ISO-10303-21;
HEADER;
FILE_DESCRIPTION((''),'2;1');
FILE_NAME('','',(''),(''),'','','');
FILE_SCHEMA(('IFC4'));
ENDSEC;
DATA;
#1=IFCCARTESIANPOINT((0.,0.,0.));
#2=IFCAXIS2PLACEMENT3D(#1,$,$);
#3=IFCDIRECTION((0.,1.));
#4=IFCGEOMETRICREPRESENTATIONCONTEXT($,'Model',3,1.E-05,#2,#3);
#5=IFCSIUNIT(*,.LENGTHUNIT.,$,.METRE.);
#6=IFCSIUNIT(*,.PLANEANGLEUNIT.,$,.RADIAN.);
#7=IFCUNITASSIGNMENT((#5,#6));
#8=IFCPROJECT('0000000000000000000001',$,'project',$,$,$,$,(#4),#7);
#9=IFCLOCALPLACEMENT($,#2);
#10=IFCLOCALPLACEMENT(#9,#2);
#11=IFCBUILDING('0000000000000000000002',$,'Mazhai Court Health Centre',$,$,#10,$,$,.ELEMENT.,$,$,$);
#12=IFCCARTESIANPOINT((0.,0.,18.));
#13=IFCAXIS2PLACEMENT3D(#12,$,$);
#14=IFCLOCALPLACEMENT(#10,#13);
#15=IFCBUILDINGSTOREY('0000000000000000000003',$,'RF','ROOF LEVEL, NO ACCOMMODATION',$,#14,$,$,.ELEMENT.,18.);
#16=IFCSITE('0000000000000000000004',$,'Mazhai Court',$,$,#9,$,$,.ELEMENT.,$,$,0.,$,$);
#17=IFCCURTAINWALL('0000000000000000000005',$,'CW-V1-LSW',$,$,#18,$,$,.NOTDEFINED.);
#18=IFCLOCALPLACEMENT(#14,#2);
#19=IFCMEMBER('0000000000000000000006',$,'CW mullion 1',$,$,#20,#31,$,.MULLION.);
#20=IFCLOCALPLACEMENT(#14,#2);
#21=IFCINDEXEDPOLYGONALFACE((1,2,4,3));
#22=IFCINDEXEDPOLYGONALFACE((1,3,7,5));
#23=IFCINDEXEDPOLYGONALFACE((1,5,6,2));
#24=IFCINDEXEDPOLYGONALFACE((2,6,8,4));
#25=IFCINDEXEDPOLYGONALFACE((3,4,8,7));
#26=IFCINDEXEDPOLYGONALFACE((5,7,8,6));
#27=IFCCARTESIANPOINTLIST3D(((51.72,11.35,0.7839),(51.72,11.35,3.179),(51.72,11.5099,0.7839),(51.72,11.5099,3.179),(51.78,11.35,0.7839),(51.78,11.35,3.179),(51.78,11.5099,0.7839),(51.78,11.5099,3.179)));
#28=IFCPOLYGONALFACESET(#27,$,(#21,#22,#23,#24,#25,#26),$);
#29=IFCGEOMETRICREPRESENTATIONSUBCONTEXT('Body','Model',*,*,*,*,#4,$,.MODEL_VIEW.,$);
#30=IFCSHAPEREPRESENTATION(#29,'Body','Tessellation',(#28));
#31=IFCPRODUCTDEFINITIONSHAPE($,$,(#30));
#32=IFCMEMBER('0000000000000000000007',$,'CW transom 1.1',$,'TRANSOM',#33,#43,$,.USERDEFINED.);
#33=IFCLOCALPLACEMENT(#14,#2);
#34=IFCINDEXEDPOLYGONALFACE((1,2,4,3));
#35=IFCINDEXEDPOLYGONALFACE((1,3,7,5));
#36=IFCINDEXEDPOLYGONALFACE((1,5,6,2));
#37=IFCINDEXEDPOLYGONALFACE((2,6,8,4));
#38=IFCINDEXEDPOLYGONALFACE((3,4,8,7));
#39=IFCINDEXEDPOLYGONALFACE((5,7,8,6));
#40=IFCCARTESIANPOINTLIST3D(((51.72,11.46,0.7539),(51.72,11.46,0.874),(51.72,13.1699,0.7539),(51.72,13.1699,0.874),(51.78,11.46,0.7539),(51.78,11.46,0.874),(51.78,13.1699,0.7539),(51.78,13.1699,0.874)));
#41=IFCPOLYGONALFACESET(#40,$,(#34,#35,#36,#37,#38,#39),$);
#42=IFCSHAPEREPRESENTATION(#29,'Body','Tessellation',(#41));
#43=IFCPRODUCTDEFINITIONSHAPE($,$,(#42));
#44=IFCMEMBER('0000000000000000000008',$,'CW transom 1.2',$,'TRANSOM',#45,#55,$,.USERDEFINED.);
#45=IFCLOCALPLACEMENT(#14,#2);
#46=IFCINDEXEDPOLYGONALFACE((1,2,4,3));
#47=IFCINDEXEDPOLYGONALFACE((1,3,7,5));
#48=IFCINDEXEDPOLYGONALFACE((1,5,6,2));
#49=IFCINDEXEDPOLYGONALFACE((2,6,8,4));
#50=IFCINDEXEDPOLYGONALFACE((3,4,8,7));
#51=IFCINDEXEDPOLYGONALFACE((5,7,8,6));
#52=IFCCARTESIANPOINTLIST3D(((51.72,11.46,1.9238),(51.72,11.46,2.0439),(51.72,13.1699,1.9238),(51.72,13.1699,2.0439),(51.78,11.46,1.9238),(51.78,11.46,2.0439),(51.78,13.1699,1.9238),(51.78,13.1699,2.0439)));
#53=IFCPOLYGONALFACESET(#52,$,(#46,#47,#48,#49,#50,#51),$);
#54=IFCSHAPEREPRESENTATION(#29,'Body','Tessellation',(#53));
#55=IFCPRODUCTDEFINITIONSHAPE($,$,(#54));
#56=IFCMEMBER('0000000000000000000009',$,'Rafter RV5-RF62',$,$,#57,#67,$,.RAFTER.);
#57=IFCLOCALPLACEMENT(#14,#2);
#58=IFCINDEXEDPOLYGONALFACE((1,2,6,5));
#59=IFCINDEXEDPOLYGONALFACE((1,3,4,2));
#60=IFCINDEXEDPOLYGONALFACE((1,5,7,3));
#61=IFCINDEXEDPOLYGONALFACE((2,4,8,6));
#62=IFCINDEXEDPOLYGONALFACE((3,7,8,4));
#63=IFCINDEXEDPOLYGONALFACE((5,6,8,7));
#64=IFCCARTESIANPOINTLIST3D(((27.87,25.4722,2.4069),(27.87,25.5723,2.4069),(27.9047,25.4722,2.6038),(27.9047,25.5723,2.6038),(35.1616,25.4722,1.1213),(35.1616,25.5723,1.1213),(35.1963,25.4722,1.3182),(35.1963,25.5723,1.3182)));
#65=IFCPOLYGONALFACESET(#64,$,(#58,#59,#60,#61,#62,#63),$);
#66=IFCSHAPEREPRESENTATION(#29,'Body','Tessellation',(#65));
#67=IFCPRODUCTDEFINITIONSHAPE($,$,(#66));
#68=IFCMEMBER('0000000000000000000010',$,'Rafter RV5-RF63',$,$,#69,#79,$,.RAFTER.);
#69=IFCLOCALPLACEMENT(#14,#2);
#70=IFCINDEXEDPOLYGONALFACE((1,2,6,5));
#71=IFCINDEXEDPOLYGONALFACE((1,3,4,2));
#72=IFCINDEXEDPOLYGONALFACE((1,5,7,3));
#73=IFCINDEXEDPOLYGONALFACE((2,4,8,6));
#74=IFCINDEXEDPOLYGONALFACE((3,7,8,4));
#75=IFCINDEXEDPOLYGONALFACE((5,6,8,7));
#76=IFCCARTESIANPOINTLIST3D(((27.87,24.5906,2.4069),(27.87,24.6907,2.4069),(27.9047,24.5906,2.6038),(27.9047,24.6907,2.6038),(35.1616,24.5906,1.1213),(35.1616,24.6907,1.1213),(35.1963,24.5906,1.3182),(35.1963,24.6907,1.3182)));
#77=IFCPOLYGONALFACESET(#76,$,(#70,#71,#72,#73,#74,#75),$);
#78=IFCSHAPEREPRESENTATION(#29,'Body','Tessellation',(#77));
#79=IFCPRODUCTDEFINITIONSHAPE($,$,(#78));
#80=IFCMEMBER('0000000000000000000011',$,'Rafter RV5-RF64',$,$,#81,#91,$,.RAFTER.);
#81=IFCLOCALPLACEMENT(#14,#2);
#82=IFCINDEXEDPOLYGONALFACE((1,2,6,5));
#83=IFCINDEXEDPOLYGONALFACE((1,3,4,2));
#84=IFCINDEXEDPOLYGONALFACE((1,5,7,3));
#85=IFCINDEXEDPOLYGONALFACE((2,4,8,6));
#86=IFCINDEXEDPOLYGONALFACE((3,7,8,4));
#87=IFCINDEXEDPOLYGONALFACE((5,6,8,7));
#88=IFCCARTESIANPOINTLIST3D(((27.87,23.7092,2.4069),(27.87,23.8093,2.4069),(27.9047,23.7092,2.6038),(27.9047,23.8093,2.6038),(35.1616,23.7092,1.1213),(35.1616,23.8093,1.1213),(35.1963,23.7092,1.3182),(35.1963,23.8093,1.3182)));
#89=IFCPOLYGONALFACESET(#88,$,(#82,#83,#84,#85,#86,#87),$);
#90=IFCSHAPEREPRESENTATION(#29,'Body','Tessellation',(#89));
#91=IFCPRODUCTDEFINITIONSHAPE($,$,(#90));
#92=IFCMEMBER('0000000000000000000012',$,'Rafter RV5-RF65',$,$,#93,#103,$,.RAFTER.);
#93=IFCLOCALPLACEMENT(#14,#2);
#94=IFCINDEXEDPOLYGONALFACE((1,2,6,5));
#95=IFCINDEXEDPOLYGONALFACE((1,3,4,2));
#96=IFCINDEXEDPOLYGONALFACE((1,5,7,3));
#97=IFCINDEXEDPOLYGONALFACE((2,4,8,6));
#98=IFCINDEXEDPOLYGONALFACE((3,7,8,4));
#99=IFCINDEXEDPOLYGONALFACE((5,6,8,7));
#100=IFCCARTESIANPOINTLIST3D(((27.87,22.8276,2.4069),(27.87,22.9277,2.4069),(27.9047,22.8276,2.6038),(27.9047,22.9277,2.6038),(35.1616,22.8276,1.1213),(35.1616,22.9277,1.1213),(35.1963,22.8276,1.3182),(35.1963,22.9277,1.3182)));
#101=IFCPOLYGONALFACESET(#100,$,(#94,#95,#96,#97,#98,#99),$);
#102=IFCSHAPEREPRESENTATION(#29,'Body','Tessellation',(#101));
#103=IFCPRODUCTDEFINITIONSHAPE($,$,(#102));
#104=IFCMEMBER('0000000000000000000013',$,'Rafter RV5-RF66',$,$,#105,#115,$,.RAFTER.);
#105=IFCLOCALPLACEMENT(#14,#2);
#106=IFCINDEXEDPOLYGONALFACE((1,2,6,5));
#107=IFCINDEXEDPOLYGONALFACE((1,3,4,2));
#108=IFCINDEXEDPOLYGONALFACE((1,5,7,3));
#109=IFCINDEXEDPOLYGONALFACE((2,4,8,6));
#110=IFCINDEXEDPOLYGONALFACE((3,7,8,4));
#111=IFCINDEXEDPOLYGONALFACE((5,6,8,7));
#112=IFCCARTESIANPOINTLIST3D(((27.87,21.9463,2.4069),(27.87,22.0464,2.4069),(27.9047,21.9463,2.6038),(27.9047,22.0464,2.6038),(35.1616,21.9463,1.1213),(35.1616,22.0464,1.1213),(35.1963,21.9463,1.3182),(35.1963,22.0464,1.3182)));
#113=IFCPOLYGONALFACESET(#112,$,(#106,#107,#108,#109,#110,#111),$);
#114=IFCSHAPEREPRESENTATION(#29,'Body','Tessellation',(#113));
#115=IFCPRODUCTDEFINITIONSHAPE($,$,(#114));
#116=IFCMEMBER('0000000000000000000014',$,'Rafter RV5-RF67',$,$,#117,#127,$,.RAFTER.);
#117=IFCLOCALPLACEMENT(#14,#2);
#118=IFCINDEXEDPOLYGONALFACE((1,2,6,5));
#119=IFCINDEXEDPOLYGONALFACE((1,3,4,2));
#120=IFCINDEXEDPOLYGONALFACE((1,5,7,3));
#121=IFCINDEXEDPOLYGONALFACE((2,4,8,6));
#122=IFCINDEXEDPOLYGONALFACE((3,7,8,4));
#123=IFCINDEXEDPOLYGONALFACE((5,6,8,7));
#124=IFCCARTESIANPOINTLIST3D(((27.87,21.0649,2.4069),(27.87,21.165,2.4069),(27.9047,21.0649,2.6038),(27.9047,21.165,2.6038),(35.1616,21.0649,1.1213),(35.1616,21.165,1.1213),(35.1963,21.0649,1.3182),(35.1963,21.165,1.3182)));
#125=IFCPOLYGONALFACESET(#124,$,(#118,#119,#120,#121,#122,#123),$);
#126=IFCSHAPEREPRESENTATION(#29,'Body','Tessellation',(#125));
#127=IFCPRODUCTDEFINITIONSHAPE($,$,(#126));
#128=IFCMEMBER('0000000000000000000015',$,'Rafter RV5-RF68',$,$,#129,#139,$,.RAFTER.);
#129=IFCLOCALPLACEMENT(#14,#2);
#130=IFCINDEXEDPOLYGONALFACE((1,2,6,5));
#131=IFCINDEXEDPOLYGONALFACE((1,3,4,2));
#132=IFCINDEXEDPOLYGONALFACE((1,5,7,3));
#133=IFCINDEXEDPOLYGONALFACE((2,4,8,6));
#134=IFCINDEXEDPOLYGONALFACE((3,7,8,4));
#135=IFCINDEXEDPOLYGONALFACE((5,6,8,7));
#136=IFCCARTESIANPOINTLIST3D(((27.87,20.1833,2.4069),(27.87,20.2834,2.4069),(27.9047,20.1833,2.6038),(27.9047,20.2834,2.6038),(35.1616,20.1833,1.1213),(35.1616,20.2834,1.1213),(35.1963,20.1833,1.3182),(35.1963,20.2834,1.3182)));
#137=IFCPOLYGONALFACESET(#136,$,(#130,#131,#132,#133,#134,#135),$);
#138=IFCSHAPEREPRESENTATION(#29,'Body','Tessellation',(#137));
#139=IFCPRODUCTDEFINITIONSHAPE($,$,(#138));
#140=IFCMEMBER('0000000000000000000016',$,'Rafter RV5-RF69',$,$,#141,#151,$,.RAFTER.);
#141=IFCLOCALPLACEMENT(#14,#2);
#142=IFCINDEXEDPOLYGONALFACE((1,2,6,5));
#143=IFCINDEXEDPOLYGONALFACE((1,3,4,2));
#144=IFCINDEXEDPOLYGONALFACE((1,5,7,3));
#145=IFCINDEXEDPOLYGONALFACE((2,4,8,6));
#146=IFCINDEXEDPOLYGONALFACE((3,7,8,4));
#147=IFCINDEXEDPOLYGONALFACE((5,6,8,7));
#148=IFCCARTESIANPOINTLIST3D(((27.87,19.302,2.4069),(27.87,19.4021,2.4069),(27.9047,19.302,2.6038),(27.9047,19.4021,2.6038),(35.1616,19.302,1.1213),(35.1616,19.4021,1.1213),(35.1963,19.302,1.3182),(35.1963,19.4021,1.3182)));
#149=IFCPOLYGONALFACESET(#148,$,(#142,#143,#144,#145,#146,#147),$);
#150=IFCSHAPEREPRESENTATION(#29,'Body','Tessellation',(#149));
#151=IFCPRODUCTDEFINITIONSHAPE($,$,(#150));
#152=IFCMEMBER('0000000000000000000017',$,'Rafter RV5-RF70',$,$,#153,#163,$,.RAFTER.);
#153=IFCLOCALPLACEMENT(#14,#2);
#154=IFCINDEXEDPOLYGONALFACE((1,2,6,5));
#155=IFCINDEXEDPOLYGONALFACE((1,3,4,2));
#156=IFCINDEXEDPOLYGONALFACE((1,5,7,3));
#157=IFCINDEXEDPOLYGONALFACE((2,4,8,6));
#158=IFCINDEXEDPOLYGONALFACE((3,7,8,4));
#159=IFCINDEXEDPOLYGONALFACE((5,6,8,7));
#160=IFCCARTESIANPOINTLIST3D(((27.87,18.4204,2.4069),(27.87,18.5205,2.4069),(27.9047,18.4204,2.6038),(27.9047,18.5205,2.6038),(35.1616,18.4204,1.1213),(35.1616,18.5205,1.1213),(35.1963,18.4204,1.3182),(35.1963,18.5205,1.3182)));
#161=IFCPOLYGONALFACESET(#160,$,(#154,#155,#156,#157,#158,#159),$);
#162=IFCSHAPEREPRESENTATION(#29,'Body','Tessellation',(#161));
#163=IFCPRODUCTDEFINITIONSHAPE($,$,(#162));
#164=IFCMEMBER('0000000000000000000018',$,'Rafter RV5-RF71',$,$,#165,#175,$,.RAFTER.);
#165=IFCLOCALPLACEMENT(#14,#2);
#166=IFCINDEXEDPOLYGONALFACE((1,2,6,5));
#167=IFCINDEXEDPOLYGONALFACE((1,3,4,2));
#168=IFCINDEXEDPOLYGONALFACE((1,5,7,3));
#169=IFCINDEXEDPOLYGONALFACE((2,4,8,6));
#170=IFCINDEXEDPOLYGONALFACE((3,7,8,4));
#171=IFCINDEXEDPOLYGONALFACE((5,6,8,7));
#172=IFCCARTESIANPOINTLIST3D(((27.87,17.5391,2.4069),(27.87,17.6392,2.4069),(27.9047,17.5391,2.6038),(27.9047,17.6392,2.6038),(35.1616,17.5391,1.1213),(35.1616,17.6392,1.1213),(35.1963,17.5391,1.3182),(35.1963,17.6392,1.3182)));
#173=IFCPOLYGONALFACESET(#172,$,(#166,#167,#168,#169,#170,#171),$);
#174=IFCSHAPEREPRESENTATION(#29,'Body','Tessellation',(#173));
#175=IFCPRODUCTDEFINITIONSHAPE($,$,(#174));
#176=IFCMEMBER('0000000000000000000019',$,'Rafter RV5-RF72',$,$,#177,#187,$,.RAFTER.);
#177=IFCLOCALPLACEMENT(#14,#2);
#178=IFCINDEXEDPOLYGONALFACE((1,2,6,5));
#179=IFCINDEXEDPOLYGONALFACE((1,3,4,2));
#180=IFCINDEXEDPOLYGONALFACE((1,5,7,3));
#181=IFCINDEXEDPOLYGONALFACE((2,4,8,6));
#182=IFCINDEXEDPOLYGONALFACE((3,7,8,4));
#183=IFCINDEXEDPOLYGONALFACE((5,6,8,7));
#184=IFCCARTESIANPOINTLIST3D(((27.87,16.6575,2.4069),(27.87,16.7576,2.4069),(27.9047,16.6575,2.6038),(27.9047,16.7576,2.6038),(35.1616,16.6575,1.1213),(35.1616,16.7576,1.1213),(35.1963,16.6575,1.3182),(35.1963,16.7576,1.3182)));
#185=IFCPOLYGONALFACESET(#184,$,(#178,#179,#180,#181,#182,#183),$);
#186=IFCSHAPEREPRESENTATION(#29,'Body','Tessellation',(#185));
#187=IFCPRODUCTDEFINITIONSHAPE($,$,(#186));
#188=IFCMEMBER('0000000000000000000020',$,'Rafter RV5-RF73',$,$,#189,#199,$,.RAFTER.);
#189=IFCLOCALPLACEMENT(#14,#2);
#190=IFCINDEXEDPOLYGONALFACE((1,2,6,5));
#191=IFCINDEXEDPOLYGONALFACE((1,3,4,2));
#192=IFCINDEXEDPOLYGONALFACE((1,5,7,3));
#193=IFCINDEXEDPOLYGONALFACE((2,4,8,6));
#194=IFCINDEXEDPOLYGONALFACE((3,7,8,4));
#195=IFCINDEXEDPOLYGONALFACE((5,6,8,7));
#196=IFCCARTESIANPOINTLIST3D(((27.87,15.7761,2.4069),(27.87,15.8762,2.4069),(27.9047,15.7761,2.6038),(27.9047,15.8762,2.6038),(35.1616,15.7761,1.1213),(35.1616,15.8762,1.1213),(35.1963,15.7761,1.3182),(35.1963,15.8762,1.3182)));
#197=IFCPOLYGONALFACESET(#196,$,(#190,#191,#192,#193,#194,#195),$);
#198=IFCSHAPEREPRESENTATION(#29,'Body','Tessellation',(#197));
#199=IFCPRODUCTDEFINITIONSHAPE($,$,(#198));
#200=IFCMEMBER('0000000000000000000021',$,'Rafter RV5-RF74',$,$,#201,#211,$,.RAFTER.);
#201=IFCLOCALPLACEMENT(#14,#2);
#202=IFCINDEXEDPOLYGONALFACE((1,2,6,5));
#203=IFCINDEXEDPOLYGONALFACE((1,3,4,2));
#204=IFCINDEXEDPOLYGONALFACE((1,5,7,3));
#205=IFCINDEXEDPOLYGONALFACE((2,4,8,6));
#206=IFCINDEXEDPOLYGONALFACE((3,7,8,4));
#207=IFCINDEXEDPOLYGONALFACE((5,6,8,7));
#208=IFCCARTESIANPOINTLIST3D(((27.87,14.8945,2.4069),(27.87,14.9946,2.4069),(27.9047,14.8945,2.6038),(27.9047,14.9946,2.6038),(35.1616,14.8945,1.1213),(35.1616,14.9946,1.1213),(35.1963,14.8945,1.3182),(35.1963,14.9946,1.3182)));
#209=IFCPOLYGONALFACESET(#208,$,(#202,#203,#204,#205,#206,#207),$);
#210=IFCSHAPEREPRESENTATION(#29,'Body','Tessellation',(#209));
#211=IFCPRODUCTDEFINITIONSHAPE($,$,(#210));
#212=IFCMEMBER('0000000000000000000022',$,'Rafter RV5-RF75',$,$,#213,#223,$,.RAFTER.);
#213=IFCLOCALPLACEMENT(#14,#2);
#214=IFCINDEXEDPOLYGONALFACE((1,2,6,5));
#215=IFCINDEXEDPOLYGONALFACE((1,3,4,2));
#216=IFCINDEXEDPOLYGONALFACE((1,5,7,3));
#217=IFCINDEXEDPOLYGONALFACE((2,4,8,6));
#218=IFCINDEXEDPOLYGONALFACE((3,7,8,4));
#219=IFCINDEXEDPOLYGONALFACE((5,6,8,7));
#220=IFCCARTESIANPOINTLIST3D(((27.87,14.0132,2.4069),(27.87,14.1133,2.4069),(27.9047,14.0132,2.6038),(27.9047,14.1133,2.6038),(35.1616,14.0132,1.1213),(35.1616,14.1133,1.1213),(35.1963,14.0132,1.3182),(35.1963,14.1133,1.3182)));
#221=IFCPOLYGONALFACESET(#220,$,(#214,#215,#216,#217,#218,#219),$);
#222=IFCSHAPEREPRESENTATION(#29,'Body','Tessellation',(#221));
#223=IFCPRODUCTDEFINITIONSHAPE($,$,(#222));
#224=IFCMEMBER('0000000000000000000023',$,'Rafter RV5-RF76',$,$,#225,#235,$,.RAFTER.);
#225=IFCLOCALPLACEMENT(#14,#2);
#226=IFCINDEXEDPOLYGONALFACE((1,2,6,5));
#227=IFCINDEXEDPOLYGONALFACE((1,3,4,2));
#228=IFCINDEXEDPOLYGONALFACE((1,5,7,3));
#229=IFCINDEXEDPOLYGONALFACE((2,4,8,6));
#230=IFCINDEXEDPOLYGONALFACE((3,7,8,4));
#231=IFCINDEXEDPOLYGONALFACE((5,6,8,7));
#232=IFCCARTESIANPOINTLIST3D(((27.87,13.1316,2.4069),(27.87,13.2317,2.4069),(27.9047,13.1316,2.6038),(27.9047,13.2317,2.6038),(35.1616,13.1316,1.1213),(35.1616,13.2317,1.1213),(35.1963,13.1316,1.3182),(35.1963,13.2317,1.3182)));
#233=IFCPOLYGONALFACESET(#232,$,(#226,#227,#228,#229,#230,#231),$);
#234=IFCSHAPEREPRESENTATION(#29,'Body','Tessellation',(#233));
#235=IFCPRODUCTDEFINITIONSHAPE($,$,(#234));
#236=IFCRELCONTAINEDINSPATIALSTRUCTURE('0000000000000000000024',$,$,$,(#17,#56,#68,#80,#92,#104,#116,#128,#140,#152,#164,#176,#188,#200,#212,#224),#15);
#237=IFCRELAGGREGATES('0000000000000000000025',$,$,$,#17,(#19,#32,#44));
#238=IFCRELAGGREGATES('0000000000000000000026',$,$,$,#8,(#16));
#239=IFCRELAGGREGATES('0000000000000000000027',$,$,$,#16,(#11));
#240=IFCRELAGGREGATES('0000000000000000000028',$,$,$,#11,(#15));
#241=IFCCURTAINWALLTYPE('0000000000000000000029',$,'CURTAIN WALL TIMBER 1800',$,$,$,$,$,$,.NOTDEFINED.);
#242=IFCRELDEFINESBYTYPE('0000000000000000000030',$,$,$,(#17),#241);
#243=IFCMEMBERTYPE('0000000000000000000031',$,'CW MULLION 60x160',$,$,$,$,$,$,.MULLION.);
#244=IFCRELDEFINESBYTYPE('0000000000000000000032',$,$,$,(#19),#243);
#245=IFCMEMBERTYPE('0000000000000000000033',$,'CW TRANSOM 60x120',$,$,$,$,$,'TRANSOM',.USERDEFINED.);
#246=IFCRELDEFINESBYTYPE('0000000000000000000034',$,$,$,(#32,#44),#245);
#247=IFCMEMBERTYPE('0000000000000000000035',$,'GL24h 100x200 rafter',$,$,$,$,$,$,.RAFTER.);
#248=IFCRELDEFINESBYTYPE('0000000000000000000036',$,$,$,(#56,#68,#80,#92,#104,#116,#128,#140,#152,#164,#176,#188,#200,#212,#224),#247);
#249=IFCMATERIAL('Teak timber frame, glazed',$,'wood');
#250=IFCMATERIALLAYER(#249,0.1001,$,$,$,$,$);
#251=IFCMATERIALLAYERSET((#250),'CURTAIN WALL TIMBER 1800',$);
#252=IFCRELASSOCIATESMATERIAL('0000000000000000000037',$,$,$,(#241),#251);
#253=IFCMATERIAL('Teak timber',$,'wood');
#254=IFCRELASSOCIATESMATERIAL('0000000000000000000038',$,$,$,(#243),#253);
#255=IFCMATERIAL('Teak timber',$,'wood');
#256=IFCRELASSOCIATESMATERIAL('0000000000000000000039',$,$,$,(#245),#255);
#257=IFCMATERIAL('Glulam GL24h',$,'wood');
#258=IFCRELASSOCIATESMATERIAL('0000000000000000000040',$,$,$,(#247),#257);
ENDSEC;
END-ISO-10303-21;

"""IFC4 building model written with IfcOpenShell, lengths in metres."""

from ifc_helpers import new_model, si_unit, direction, frame, origin, origin_2d, place, context, subcontext, project, spatial, rectangle, extrude, material, layer, layer_set, material_profile, profile_set, type_object, element, aggregate, save


model = new_model("IFC4")

# Units and contexts
model_context = context("Model", 3, precision=1e-05, world=origin(), true_north=direction((0.0, 1.0)))
body_context = subcontext(model_context, "Body", "Model", "MODEL_VIEW")
ifc_project = project(units=[si_unit("LENGTHUNIT", "METRE"), si_unit("PLANEANGLEUNIT", "RADIAN")], contexts=[model_context])

# Site, building, storey
site_placement = place(None, origin())
site = spatial("IfcSite", under=ifc_project, at=site_placement, Name="Mazhai Court", CompositionType="ELEMENT", RefElevation=0.0)
building_placement = place(site_placement, origin())
building = spatial("IfcBuilding", under=site, at=building_placement, Name="Mazhai Court Health Centre", CompositionType="ELEMENT")
storey_placement = place(building_placement, frame((0.0, 0.0, 18.0)))
storey = spatial("IfcBuildingStorey", under=building, at=storey_placement, Name="RF", Description="ROOF LEVEL, NO ACCOMMODATION", CompositionType="ELEMENT", Elevation=18.0)

# Curtain wall, members
ifc_material_1 = material(Name="Teak timber frame, glazed", Category="wood")
ifc_layer_1 = layer(ifc_material_1, 0.1001)
ifc_layer_set_1 = layer_set([ifc_layer_1], Name="CURTAIN WALL TIMBER 1800")
curtain_wall_type = type_object("IfcCurtainWallType", Name="CURTAIN WALL TIMBER 1800", PredefinedType="NOTDEFINED", material=ifc_layer_set_1)
curtain_wall_placement = place(storey_placement, origin())
curtain_wall = element("IfcCurtainWall", 1, at=curtain_wall_placement, inside=storey, type_object=curtain_wall_type, Name="CW-V1-LSW", PredefinedType="NOTDEFINED")
ifc_material_2 = material(Name="Teak timber", Category="wood")
ifc_material_profile_1 = material_profile(ifc_material_2, rectangle(XDim=0.0601, YDim=0.1599, at=origin_2d()), Name="CW MULLION 60x160")
ifc_profile_set_1 = profile_set([ifc_material_profile_1], Name="Teak timber")
member_type_1 = type_object("IfcMemberType", Name="CW MULLION 60x160", PredefinedType="MULLION", material=ifc_profile_set_1)
member_1_placement = place(storey_placement, frame((51.75, 11.4299, 0.7839), z_axis=(0.0, 0.0, 1.0), x_axis=(-1.0, 0.0, 0.0)))
member_1 = element("IfcMember", 2, at=member_1_placement, type_object=member_type_1, Name="CW mullion 1", PredefinedType="MULLION", context=body_context, shape_type="SweptSolid", body=[
    extrude(rectangle(XDim=0.0601, YDim=0.1599, at=origin_2d()), origin(), (0.0, 0.0, 1.0), 2.395),
])
ifc_material_3 = material(Name="Teak timber", Category="wood")
ifc_material_profile_2 = material_profile(ifc_material_3, rectangle(XDim=0.0601, YDim=0.1201, at=origin_2d()), Name="CW TRANSOM 60x120")
ifc_profile_set_2 = profile_set([ifc_material_profile_2], Name="Teak timber")
member_type_2 = type_object("IfcMemberType", Name="CW TRANSOM 60x120", ElementType="TRANSOM", PredefinedType="USERDEFINED", material=ifc_profile_set_2)
member_2_placement = place(storey_placement, frame((51.75, 11.46, 0.814), z_axis=(0.0, 1.0, 0.0), x_axis=(-1.0, 0.0, 0.0)))
member_2 = element("IfcMember", 3, at=member_2_placement, type_object=member_type_2, Name="CW transom 1.1", ObjectType="TRANSOM", PredefinedType="USERDEFINED", context=body_context, shape_type="SweptSolid", body=[
    extrude(rectangle(XDim=0.0601, YDim=0.1201, at=origin_2d()), origin(), (0.0, 0.0, 1.0), 1.71),
])
member_3_placement = place(storey_placement, frame((51.75, 11.46, 1.9839), z_axis=(0.0, 1.0, 0.0), x_axis=(-1.0, 0.0, 0.0)))
member_3 = element("IfcMember", 4, at=member_3_placement, type_object=member_type_2, Name="CW transom 1.2", ObjectType="TRANSOM", PredefinedType="USERDEFINED", context=body_context, shape_type="SweptSolid", body=[
    extrude(rectangle(XDim=0.0601, YDim=0.1201, at=origin_2d()), origin(), (0.0, 0.0, 1.0), 1.71),
])
aggregate(curtain_wall, [member_1, member_2, member_3])

# Members
ifc_material_4 = material(Name="Glulam GL24h", Category="wood")
ifc_material_profile_3 = material_profile(ifc_material_4, rectangle(XDim=0.1001, YDim=0.2, at=origin_2d()), Name="GL24h 100x200")
ifc_profile_set_3 = profile_set([ifc_material_profile_3], Name="Glulam GL24h")
member_type_3 = type_object("IfcMemberType", Name="GL24h 100x200 rafter", PredefinedType="RAFTER", material=ifc_profile_set_3)
for number, where, z_axis, x_axis, name in (
    (5, (35.179, 25.5222, 1.2197), (-0.984809, 0.0, 0.173642), (0.0, -1.0, 0.0), "Rafter RV5-RF62"),
    (6, (35.179, 24.6406, 1.2197), (-0.984809, 0.0, 0.173642), (0.0, -1.0, 0.0), "Rafter RV5-RF63"),
    (7, (35.179, 23.7593, 1.2197), (-0.984809, 0.0, 0.173642), (0.0, -1.0, 0.0), "Rafter RV5-RF64"),
    (8, (35.179, 22.8777, 1.2197), (-0.984809, 0.0, 0.173642), (0.0, -1.0, 0.0), "Rafter RV5-RF65"),
    (9, (35.179, 21.9963, 1.2197), (-0.984809, 0.0, 0.173642), (0.0, -1.0, 0.0), "Rafter RV5-RF66"),
    (10, (35.179, 21.115, 1.2197), (-0.984809, 0.0, 0.173642), (0.0, -1.0, 0.0), "Rafter RV5-RF67"),
    (11, (35.179, 20.2334, 1.2197), (-0.984809, 0.0, 0.173642), (0.0, -1.0, 0.0), "Rafter RV5-RF68"),
    (12, (35.179, 19.3521, 1.2197), (-0.984809, 0.0, 0.173642), (0.0, -1.0, 0.0), "Rafter RV5-RF69"),
    (13, (35.179, 18.4705, 1.2197), (-0.984809, 0.0, 0.173642), (0.0, -1.0, 0.0), "Rafter RV5-RF70"),
    (14, (35.179, 17.5891, 1.2197), (-0.984809, 0.0, 0.173642), (0.0, -1.0, 0.0), "Rafter RV5-RF71"),
    (15, (35.179, 16.7075, 1.2197), (-0.984809, 0.0, 0.173642), (0.0, -1.0, 0.0), "Rafter RV5-RF72"),
    (16, (35.179, 15.8262, 1.2197), (-0.984809, 0.0, 0.173642), (0.0, -1.0, 0.0), "Rafter RV5-RF73"),
    (17, (35.179, 14.9446, 1.2197), (-0.984809, 0.0, 0.173642), (0.0, -1.0, 0.0), "Rafter RV5-RF74"),
    (18, (35.179, 14.0632, 1.2197), (-0.984809, 0.0, 0.173642), (0.0, -1.0, 0.0), "Rafter RV5-RF75"),
    (19, (35.179, 13.1816, 1.2197), (-0.984809, 0.0, 0.173642), (0.0, -1.0, 0.0), "Rafter RV5-RF76"),
):
    element("IfcMember", number, at=place(storey_placement, frame(where, z_axis=z_axis, x_axis=x_axis)), inside=storey, type_object=member_type_3, Name=name, PredefinedType="RAFTER", context=body_context, shape_type="SweptSolid", body=[
        extrude(rectangle(XDim=0.1001, YDim=0.2, at=origin_2d()), origin(), (0.0, 0.0, 1.0), 7.4041),
    ])

save(model, "model.ifc")
